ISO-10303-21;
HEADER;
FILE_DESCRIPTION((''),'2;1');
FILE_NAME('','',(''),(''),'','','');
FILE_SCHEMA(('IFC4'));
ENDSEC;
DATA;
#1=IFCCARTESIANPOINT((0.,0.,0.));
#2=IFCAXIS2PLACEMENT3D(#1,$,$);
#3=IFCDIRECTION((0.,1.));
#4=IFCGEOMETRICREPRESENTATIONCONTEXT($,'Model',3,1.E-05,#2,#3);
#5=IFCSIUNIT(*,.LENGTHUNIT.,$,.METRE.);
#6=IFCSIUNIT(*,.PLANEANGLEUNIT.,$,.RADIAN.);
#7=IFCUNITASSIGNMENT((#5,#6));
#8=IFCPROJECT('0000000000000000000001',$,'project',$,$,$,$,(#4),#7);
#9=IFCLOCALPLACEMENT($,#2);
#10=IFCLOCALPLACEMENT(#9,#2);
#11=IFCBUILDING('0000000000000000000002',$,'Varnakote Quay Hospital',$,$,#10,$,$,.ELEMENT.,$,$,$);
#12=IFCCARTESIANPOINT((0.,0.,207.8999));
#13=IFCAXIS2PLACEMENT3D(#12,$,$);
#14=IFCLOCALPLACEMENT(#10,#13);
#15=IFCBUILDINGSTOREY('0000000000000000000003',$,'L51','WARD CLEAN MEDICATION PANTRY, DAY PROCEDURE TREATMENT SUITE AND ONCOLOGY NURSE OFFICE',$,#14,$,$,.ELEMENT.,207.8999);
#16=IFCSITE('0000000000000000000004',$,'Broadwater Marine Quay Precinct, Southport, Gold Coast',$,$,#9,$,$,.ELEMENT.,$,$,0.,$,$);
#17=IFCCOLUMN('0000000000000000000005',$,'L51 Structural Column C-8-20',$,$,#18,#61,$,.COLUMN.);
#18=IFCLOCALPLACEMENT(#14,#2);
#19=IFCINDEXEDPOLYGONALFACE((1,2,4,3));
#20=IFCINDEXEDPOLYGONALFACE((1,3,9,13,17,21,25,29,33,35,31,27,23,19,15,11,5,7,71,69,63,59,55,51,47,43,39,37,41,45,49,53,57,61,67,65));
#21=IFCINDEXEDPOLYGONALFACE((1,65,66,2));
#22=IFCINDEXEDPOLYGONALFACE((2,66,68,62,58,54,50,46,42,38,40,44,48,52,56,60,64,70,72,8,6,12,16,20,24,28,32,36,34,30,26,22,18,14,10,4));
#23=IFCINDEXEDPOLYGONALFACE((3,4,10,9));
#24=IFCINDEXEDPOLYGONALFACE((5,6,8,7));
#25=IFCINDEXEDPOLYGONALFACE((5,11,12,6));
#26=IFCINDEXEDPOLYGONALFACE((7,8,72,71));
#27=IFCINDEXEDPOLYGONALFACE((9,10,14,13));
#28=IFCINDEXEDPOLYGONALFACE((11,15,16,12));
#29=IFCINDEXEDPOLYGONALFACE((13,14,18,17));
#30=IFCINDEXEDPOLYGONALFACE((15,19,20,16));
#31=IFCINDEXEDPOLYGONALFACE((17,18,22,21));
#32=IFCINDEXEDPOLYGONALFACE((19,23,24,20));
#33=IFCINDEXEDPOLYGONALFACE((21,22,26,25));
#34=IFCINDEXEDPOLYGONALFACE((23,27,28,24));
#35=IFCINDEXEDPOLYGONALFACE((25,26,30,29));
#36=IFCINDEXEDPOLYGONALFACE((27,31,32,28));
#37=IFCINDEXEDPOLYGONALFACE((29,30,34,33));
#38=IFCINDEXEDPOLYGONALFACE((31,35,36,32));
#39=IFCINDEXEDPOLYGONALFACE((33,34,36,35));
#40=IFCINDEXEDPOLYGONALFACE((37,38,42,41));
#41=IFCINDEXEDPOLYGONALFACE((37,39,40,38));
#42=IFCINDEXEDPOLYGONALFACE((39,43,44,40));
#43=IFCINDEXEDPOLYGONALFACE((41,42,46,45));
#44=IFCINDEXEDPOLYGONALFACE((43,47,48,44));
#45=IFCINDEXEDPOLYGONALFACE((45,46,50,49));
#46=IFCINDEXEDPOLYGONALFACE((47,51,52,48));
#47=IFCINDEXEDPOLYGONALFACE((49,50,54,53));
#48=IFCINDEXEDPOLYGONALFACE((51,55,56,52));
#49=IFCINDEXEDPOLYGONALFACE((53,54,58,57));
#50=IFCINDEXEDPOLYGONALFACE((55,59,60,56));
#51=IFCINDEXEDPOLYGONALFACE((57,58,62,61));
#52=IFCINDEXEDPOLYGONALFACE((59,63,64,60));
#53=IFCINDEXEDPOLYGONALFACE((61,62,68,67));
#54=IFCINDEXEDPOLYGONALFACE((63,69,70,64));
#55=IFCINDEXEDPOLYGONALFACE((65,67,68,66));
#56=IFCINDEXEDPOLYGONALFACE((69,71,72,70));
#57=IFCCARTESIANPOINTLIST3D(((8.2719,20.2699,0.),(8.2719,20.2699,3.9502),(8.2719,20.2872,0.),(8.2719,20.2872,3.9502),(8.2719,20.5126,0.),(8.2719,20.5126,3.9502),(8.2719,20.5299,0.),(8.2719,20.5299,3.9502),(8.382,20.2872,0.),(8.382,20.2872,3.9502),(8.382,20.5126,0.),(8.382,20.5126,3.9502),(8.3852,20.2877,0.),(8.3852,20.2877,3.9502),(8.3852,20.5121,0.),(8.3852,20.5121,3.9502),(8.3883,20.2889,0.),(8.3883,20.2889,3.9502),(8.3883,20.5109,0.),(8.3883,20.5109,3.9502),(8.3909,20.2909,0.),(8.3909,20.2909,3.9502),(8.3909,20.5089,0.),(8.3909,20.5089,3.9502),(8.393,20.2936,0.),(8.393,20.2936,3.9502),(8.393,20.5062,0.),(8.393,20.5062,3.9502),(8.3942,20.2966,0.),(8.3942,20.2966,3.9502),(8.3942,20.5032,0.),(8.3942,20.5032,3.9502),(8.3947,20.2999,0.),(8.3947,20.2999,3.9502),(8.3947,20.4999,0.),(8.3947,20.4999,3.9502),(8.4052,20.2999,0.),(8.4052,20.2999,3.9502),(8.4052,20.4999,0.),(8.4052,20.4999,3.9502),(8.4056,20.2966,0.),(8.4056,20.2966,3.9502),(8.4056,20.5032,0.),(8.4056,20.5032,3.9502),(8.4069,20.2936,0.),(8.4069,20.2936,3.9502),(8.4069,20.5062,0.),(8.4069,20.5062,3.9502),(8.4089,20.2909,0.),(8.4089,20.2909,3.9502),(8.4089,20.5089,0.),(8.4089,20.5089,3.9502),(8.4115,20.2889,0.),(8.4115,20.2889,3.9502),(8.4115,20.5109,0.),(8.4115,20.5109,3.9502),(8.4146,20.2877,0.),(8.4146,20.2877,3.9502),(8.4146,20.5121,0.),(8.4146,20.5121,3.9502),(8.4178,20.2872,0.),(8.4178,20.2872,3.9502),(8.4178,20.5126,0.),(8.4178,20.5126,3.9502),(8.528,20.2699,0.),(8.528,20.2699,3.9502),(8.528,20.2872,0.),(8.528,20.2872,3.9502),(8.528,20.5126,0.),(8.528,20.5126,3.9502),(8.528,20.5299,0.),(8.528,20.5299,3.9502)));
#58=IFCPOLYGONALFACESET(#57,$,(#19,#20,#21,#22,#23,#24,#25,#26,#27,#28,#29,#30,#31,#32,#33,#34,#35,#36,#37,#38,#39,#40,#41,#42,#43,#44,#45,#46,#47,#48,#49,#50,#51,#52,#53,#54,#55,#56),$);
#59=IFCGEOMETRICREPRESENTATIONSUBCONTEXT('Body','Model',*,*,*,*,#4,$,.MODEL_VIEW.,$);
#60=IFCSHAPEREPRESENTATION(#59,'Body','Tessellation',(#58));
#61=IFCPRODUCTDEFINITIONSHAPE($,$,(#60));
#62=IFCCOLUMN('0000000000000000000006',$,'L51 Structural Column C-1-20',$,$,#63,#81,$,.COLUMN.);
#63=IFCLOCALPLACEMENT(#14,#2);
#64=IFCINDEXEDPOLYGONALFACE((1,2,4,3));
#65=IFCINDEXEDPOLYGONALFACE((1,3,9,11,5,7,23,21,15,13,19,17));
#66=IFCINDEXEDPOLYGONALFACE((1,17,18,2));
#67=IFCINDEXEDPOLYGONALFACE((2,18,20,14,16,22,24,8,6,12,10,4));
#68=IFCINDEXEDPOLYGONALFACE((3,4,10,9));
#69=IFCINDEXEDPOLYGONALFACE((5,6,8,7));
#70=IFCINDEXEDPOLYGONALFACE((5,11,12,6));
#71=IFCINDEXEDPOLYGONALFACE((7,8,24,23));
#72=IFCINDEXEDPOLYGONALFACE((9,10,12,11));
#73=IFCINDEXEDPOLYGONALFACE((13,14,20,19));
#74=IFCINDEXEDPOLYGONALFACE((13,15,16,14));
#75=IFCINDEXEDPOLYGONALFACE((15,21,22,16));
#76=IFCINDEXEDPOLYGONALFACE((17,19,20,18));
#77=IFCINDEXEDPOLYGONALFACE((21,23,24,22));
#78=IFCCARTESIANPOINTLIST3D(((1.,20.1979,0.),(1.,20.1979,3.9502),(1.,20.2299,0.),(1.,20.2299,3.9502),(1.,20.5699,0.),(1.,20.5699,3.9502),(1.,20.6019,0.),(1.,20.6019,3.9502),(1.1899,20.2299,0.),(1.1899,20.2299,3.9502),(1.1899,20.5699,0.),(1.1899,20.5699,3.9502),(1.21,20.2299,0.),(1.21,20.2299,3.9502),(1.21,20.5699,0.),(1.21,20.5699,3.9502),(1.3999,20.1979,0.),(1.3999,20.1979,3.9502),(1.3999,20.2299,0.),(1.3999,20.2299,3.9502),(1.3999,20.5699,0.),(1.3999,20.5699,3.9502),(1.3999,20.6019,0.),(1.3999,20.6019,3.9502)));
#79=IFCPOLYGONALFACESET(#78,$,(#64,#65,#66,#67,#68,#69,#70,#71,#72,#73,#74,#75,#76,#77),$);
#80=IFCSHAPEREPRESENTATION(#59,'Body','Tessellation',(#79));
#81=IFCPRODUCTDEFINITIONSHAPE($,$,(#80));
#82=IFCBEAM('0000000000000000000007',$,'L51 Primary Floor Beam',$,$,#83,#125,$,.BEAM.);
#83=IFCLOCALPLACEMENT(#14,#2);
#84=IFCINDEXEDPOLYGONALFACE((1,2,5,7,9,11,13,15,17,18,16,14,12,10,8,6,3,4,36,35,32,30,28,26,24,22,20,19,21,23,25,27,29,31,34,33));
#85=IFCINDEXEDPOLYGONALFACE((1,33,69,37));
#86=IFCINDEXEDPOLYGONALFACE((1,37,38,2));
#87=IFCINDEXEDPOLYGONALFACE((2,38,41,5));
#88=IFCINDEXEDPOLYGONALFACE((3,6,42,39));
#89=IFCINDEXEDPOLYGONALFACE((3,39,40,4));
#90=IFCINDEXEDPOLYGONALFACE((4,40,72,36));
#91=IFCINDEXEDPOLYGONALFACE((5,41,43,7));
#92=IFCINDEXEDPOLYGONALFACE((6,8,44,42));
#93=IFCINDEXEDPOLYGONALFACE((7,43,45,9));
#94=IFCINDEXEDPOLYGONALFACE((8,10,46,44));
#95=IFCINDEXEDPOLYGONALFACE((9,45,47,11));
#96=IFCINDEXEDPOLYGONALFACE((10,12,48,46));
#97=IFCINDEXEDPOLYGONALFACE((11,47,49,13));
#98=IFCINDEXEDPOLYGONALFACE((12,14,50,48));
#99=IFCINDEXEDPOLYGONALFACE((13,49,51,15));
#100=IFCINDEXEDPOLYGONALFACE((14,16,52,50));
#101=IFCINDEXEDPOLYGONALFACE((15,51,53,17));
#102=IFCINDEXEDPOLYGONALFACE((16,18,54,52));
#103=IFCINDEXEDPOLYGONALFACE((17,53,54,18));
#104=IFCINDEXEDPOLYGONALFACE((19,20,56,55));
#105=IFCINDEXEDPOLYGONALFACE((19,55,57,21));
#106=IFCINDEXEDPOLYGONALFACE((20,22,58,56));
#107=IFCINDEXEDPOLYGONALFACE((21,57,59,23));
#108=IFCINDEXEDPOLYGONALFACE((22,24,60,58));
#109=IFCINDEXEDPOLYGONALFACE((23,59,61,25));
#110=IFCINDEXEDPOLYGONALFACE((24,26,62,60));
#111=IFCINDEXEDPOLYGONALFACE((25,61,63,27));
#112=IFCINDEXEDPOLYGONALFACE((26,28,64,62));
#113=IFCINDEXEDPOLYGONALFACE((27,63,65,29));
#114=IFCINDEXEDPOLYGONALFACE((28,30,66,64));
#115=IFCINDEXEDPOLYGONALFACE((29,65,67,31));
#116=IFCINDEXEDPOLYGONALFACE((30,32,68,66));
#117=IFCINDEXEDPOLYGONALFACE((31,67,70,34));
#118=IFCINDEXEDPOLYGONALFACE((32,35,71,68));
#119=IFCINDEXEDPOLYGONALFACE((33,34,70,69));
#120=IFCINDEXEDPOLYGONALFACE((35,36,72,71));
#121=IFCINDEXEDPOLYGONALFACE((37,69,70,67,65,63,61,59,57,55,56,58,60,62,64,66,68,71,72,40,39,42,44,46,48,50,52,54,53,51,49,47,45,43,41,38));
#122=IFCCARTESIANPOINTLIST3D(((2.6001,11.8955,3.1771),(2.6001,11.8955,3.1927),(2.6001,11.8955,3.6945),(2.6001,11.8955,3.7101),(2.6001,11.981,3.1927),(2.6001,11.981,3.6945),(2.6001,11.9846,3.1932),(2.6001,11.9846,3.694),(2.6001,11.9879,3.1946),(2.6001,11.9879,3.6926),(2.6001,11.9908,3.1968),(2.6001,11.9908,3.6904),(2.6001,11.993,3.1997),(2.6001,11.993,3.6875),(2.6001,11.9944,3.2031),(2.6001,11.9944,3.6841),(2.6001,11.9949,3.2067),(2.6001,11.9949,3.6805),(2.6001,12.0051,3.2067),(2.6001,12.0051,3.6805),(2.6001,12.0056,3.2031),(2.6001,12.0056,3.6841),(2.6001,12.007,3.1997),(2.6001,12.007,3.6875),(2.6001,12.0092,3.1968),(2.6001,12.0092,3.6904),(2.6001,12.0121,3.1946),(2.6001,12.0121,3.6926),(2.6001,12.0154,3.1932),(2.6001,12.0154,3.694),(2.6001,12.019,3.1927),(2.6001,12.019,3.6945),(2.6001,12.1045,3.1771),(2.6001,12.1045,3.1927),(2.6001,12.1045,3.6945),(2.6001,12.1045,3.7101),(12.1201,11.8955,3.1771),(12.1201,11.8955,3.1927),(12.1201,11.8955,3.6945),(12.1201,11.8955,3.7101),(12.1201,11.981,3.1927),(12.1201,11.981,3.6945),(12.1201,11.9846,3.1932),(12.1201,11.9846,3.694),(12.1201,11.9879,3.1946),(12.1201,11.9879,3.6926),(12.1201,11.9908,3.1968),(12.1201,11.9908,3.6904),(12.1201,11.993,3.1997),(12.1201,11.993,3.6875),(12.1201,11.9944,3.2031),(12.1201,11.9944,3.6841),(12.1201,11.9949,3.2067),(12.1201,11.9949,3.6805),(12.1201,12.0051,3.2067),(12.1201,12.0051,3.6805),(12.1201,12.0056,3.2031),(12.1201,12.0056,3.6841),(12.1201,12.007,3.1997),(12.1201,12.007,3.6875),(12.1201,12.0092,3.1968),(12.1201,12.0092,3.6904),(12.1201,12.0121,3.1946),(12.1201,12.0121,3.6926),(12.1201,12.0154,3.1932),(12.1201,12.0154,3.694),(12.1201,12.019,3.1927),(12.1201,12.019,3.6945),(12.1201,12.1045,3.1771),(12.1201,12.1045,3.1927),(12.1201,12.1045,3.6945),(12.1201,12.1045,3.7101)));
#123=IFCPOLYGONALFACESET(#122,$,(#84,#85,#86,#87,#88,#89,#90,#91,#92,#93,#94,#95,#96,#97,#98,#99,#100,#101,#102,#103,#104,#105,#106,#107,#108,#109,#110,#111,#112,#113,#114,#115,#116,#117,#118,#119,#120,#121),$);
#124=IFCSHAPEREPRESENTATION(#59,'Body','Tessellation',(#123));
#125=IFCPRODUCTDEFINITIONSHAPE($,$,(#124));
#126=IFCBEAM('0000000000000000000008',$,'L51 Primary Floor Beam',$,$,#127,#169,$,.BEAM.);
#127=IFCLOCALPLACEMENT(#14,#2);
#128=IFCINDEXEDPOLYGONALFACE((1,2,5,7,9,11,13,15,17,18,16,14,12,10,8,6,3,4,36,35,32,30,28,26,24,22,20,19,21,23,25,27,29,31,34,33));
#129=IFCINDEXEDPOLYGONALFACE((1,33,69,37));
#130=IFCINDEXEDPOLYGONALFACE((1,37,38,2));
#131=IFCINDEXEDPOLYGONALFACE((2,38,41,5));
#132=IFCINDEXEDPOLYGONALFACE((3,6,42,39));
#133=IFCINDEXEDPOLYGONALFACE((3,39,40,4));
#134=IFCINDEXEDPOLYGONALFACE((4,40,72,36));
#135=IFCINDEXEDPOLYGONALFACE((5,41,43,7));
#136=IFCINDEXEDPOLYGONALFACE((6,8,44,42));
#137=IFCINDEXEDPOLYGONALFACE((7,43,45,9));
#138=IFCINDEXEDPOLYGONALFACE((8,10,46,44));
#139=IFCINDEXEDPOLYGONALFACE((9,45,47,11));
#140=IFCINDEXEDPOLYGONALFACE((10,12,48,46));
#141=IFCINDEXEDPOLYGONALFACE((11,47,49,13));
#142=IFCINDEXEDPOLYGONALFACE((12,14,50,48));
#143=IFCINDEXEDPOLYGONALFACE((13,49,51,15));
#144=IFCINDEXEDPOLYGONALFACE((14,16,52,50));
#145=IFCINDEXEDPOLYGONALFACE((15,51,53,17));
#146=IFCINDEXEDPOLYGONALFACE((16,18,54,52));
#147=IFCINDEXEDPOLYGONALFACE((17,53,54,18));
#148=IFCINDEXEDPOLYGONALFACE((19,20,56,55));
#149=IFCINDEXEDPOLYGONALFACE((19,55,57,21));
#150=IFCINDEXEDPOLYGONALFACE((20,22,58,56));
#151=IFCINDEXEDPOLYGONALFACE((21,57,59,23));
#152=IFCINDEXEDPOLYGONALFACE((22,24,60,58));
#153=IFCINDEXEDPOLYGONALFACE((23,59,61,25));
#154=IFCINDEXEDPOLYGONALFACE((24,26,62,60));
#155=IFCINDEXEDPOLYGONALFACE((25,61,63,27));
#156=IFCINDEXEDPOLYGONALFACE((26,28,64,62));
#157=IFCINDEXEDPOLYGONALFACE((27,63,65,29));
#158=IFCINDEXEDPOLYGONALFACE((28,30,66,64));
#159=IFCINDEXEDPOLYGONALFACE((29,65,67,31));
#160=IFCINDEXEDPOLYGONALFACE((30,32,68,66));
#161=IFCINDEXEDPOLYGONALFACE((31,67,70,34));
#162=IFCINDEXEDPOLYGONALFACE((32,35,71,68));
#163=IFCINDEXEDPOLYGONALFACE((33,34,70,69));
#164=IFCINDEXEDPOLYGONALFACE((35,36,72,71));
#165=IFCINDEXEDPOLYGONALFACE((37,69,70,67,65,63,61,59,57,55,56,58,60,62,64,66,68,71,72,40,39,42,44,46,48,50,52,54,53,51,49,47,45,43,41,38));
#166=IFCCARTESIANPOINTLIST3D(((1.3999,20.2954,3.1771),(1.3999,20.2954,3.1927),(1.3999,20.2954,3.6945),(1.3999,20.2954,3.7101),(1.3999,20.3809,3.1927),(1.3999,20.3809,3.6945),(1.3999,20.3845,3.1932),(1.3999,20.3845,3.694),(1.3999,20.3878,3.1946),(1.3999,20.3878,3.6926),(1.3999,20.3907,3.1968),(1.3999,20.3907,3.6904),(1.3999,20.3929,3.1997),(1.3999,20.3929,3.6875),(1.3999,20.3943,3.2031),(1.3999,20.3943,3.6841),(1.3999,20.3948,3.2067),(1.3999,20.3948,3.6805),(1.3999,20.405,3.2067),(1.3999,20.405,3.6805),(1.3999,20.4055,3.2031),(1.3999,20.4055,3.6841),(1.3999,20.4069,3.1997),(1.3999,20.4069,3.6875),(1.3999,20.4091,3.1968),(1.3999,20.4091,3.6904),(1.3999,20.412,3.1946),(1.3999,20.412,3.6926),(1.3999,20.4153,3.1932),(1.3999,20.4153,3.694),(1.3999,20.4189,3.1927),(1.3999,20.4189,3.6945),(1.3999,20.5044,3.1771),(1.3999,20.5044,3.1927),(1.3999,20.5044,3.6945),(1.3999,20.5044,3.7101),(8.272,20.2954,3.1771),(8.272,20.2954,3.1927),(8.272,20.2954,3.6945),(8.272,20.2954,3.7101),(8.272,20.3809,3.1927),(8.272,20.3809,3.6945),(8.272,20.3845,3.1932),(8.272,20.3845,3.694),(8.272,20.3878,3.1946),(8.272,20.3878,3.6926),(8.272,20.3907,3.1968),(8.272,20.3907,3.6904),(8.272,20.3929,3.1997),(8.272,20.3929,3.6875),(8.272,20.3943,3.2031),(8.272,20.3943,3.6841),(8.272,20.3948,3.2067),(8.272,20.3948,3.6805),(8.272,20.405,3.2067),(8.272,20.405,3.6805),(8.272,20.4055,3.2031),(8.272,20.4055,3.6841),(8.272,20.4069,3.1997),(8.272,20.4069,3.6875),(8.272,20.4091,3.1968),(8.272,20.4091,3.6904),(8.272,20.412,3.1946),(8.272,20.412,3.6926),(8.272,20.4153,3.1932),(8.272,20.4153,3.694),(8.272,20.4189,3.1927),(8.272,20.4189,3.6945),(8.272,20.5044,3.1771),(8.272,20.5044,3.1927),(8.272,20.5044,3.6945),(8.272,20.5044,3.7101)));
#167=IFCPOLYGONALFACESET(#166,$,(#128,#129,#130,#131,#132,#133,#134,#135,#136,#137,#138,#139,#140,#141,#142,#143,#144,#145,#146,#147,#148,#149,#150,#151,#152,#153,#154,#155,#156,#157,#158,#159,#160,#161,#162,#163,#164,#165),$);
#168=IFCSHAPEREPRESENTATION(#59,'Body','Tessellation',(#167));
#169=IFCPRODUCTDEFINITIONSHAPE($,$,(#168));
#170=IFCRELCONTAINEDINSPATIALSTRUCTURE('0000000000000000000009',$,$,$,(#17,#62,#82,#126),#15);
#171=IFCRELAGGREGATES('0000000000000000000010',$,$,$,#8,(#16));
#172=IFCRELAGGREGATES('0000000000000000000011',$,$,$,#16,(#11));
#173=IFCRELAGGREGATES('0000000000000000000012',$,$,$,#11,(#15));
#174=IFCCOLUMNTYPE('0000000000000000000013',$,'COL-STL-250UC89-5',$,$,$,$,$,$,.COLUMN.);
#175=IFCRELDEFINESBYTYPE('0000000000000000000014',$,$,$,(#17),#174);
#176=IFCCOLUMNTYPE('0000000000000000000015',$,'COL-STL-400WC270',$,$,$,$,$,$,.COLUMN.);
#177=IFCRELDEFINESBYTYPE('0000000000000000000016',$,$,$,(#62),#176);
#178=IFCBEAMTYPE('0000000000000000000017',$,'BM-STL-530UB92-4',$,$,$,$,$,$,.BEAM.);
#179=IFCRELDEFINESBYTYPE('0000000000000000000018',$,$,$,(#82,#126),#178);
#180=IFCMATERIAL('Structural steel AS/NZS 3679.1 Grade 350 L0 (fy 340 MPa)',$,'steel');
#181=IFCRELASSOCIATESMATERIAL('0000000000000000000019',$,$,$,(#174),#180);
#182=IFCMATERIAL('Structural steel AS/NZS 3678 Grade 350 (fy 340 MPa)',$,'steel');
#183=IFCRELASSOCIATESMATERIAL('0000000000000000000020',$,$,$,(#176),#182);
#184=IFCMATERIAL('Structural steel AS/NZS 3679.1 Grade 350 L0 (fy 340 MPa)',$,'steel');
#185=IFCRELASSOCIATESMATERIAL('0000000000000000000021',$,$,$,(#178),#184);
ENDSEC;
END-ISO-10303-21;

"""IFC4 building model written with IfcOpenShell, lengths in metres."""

from ifc_helpers import new_model, si_unit, direction, frame, origin, origin_2d, place, context, subcontext, project, spatial, i_section, extrude, material, material_profile, profile_set, type_object, element, save


model = new_model("IFC4")

# Units and contexts
model_context = context("Model", 3, precision=1e-05, world=origin(), true_north=direction((0.0, 1.0)))
body_context = subcontext(model_context, "Body", "Model", "MODEL_VIEW")
ifc_project = project(units=[si_unit("LENGTHUNIT", "METRE"), si_unit("PLANEANGLEUNIT", "RADIAN")], contexts=[model_context])

# Site, building, storey
site_placement = place(None, origin())
site = spatial("IfcSite", under=ifc_project, at=site_placement, Name="Broadwater Marine Quay Precinct, Southport, Gold Coast", CompositionType="ELEMENT", RefElevation=0.0)
building_placement = place(site_placement, origin())
building = spatial("IfcBuilding", under=site, at=building_placement, Name="Varnakote Quay Hospital", CompositionType="ELEMENT")
storey_placement = place(building_placement, frame((0.0, 0.0, 207.8999)))
storey = spatial("IfcBuildingStorey", under=building, at=storey_placement, Name="L51", Description="WARD CLEAN MEDICATION PANTRY, DAY PROCEDURE TREATMENT SUITE AND ONCOLOGY NURSE OFFICE", CompositionType="ELEMENT", Elevation=207.8999)

# Columns
ifc_material_1 = material(Name="Structural steel AS/NZS 3679.1 Grade 350 L0 (fy 340 MPa)", Category="steel")
ifc_material_profile_1 = material_profile(ifc_material_1, i_section(OverallWidth=0.2561, OverallDepth=0.26, WebThickness=0.0105, FlangeThickness=0.0173, FilletRadius=0.0127, at=origin_2d()), Name="250UC89.5")
ifc_profile_set_1 = profile_set([ifc_material_profile_1], Name="Structural steel AS/NZS 3679.1 Grade 350 L0 (fy 340 MPa)")
column_type_1 = type_object("IfcColumnType", Name="COL-STL-250UC89-5", PredefinedType="COLUMN", material=ifc_profile_set_1)
column_1_placement = place(storey_placement, frame((8.3999, 20.3999, 0.0), z_axis=(0.0, 0.0, 1.0), x_axis=(1.0, 0.0, 0.0)))
element("IfcColumn", 1, at=column_1_placement, inside=storey, type_object=column_type_1, Name="L51 Structural Column C-8-20", PredefinedType="COLUMN", context=body_context, shape_type="SweptSolid", body=[
    extrude(i_section(OverallWidth=0.2561, OverallDepth=0.26, WebThickness=0.0105, FlangeThickness=0.0173, FilletRadius=0.0127, at=origin_2d()), origin(), (0.0, 0.0, 1.0), 3.9502),
])
ifc_material_2 = material(Name="Structural steel AS/NZS 3678 Grade 350 (fy 340 MPa)", Category="steel")
ifc_material_profile_2 = material_profile(ifc_material_2, i_section(OverallWidth=0.3999, OverallDepth=0.4041, WebThickness=0.02, FlangeThickness=0.032, at=origin_2d()), Name="400WC270")
ifc_profile_set_2 = profile_set([ifc_material_profile_2], Name="Structural steel AS/NZS 3678 Grade 350 (fy 340 MPa)")
column_type_2 = type_object("IfcColumnType", Name="COL-STL-400WC270", PredefinedType="COLUMN", material=ifc_profile_set_2)
column_2_placement = place(storey_placement, frame((1.2, 20.3999, 0.0), z_axis=(0.0, 0.0, 1.0), x_axis=(1.0, 0.0, 0.0)))
element("IfcColumn", 2, at=column_2_placement, inside=storey, type_object=column_type_2, Name="L51 Structural Column C-1-20", PredefinedType="COLUMN", context=body_context, shape_type="SweptSolid", body=[
    extrude(i_section(OverallWidth=0.3999, OverallDepth=0.4041, WebThickness=0.02, FlangeThickness=0.032, at=origin_2d()), origin(), (0.0, 0.0, 1.0), 3.9502),
])

# Beams
ifc_material_3 = material(Name="Structural steel AS/NZS 3679.1 Grade 350 L0 (fy 340 MPa)", Category="steel")
ifc_material_profile_3 = material_profile(ifc_material_3, i_section(OverallWidth=0.209, OverallDepth=0.533, WebThickness=0.0103, FlangeThickness=0.0156, FilletRadius=0.0139, at=origin_2d()), Name="530UB92.4")
ifc_profile_set_3 = profile_set([ifc_material_profile_3], Name="Structural steel AS/NZS 3679.1 Grade 350 L0 (fy 340 MPa)")
beam_type_1 = type_object("IfcBeamType", Name="BM-STL-530UB92-4", PredefinedType="BEAM", material=ifc_profile_set_3)
beam_1_placement = place(storey_placement, frame((2.6001, 12.0, 3.4436), z_axis=(1.0, 0.0, 0.0), x_axis=(0.0, 1.0, 0.0)))
element("IfcBeam", 3, at=beam_1_placement, inside=storey, type_object=beam_type_1, Name="L51 Primary Floor Beam", PredefinedType="BEAM", context=body_context, shape_type="SweptSolid", body=[
    extrude(i_section(OverallWidth=0.209, OverallDepth=0.533, WebThickness=0.0103, FlangeThickness=0.0156, FilletRadius=0.0139, at=origin_2d()), origin(), (0.0, 0.0, 1.0), 9.52),
])
beam_2_placement = place(storey_placement, frame((1.3999, 20.3999, 3.4436), z_axis=(1.0, 0.0, 0.0), x_axis=(0.0, 1.0, 0.0)))
element("IfcBeam", 4, at=beam_2_placement, inside=storey, type_object=beam_type_1, Name="L51 Primary Floor Beam", PredefinedType="BEAM", context=body_context, shape_type="SweptSolid", body=[
    extrude(i_section(OverallWidth=0.209, OverallDepth=0.533, WebThickness=0.0103, FlangeThickness=0.0156, FilletRadius=0.0139, at=origin_2d()), origin(), (0.0, 0.0, 1.0), 6.8721),
])

save(model, "model.ifc")
